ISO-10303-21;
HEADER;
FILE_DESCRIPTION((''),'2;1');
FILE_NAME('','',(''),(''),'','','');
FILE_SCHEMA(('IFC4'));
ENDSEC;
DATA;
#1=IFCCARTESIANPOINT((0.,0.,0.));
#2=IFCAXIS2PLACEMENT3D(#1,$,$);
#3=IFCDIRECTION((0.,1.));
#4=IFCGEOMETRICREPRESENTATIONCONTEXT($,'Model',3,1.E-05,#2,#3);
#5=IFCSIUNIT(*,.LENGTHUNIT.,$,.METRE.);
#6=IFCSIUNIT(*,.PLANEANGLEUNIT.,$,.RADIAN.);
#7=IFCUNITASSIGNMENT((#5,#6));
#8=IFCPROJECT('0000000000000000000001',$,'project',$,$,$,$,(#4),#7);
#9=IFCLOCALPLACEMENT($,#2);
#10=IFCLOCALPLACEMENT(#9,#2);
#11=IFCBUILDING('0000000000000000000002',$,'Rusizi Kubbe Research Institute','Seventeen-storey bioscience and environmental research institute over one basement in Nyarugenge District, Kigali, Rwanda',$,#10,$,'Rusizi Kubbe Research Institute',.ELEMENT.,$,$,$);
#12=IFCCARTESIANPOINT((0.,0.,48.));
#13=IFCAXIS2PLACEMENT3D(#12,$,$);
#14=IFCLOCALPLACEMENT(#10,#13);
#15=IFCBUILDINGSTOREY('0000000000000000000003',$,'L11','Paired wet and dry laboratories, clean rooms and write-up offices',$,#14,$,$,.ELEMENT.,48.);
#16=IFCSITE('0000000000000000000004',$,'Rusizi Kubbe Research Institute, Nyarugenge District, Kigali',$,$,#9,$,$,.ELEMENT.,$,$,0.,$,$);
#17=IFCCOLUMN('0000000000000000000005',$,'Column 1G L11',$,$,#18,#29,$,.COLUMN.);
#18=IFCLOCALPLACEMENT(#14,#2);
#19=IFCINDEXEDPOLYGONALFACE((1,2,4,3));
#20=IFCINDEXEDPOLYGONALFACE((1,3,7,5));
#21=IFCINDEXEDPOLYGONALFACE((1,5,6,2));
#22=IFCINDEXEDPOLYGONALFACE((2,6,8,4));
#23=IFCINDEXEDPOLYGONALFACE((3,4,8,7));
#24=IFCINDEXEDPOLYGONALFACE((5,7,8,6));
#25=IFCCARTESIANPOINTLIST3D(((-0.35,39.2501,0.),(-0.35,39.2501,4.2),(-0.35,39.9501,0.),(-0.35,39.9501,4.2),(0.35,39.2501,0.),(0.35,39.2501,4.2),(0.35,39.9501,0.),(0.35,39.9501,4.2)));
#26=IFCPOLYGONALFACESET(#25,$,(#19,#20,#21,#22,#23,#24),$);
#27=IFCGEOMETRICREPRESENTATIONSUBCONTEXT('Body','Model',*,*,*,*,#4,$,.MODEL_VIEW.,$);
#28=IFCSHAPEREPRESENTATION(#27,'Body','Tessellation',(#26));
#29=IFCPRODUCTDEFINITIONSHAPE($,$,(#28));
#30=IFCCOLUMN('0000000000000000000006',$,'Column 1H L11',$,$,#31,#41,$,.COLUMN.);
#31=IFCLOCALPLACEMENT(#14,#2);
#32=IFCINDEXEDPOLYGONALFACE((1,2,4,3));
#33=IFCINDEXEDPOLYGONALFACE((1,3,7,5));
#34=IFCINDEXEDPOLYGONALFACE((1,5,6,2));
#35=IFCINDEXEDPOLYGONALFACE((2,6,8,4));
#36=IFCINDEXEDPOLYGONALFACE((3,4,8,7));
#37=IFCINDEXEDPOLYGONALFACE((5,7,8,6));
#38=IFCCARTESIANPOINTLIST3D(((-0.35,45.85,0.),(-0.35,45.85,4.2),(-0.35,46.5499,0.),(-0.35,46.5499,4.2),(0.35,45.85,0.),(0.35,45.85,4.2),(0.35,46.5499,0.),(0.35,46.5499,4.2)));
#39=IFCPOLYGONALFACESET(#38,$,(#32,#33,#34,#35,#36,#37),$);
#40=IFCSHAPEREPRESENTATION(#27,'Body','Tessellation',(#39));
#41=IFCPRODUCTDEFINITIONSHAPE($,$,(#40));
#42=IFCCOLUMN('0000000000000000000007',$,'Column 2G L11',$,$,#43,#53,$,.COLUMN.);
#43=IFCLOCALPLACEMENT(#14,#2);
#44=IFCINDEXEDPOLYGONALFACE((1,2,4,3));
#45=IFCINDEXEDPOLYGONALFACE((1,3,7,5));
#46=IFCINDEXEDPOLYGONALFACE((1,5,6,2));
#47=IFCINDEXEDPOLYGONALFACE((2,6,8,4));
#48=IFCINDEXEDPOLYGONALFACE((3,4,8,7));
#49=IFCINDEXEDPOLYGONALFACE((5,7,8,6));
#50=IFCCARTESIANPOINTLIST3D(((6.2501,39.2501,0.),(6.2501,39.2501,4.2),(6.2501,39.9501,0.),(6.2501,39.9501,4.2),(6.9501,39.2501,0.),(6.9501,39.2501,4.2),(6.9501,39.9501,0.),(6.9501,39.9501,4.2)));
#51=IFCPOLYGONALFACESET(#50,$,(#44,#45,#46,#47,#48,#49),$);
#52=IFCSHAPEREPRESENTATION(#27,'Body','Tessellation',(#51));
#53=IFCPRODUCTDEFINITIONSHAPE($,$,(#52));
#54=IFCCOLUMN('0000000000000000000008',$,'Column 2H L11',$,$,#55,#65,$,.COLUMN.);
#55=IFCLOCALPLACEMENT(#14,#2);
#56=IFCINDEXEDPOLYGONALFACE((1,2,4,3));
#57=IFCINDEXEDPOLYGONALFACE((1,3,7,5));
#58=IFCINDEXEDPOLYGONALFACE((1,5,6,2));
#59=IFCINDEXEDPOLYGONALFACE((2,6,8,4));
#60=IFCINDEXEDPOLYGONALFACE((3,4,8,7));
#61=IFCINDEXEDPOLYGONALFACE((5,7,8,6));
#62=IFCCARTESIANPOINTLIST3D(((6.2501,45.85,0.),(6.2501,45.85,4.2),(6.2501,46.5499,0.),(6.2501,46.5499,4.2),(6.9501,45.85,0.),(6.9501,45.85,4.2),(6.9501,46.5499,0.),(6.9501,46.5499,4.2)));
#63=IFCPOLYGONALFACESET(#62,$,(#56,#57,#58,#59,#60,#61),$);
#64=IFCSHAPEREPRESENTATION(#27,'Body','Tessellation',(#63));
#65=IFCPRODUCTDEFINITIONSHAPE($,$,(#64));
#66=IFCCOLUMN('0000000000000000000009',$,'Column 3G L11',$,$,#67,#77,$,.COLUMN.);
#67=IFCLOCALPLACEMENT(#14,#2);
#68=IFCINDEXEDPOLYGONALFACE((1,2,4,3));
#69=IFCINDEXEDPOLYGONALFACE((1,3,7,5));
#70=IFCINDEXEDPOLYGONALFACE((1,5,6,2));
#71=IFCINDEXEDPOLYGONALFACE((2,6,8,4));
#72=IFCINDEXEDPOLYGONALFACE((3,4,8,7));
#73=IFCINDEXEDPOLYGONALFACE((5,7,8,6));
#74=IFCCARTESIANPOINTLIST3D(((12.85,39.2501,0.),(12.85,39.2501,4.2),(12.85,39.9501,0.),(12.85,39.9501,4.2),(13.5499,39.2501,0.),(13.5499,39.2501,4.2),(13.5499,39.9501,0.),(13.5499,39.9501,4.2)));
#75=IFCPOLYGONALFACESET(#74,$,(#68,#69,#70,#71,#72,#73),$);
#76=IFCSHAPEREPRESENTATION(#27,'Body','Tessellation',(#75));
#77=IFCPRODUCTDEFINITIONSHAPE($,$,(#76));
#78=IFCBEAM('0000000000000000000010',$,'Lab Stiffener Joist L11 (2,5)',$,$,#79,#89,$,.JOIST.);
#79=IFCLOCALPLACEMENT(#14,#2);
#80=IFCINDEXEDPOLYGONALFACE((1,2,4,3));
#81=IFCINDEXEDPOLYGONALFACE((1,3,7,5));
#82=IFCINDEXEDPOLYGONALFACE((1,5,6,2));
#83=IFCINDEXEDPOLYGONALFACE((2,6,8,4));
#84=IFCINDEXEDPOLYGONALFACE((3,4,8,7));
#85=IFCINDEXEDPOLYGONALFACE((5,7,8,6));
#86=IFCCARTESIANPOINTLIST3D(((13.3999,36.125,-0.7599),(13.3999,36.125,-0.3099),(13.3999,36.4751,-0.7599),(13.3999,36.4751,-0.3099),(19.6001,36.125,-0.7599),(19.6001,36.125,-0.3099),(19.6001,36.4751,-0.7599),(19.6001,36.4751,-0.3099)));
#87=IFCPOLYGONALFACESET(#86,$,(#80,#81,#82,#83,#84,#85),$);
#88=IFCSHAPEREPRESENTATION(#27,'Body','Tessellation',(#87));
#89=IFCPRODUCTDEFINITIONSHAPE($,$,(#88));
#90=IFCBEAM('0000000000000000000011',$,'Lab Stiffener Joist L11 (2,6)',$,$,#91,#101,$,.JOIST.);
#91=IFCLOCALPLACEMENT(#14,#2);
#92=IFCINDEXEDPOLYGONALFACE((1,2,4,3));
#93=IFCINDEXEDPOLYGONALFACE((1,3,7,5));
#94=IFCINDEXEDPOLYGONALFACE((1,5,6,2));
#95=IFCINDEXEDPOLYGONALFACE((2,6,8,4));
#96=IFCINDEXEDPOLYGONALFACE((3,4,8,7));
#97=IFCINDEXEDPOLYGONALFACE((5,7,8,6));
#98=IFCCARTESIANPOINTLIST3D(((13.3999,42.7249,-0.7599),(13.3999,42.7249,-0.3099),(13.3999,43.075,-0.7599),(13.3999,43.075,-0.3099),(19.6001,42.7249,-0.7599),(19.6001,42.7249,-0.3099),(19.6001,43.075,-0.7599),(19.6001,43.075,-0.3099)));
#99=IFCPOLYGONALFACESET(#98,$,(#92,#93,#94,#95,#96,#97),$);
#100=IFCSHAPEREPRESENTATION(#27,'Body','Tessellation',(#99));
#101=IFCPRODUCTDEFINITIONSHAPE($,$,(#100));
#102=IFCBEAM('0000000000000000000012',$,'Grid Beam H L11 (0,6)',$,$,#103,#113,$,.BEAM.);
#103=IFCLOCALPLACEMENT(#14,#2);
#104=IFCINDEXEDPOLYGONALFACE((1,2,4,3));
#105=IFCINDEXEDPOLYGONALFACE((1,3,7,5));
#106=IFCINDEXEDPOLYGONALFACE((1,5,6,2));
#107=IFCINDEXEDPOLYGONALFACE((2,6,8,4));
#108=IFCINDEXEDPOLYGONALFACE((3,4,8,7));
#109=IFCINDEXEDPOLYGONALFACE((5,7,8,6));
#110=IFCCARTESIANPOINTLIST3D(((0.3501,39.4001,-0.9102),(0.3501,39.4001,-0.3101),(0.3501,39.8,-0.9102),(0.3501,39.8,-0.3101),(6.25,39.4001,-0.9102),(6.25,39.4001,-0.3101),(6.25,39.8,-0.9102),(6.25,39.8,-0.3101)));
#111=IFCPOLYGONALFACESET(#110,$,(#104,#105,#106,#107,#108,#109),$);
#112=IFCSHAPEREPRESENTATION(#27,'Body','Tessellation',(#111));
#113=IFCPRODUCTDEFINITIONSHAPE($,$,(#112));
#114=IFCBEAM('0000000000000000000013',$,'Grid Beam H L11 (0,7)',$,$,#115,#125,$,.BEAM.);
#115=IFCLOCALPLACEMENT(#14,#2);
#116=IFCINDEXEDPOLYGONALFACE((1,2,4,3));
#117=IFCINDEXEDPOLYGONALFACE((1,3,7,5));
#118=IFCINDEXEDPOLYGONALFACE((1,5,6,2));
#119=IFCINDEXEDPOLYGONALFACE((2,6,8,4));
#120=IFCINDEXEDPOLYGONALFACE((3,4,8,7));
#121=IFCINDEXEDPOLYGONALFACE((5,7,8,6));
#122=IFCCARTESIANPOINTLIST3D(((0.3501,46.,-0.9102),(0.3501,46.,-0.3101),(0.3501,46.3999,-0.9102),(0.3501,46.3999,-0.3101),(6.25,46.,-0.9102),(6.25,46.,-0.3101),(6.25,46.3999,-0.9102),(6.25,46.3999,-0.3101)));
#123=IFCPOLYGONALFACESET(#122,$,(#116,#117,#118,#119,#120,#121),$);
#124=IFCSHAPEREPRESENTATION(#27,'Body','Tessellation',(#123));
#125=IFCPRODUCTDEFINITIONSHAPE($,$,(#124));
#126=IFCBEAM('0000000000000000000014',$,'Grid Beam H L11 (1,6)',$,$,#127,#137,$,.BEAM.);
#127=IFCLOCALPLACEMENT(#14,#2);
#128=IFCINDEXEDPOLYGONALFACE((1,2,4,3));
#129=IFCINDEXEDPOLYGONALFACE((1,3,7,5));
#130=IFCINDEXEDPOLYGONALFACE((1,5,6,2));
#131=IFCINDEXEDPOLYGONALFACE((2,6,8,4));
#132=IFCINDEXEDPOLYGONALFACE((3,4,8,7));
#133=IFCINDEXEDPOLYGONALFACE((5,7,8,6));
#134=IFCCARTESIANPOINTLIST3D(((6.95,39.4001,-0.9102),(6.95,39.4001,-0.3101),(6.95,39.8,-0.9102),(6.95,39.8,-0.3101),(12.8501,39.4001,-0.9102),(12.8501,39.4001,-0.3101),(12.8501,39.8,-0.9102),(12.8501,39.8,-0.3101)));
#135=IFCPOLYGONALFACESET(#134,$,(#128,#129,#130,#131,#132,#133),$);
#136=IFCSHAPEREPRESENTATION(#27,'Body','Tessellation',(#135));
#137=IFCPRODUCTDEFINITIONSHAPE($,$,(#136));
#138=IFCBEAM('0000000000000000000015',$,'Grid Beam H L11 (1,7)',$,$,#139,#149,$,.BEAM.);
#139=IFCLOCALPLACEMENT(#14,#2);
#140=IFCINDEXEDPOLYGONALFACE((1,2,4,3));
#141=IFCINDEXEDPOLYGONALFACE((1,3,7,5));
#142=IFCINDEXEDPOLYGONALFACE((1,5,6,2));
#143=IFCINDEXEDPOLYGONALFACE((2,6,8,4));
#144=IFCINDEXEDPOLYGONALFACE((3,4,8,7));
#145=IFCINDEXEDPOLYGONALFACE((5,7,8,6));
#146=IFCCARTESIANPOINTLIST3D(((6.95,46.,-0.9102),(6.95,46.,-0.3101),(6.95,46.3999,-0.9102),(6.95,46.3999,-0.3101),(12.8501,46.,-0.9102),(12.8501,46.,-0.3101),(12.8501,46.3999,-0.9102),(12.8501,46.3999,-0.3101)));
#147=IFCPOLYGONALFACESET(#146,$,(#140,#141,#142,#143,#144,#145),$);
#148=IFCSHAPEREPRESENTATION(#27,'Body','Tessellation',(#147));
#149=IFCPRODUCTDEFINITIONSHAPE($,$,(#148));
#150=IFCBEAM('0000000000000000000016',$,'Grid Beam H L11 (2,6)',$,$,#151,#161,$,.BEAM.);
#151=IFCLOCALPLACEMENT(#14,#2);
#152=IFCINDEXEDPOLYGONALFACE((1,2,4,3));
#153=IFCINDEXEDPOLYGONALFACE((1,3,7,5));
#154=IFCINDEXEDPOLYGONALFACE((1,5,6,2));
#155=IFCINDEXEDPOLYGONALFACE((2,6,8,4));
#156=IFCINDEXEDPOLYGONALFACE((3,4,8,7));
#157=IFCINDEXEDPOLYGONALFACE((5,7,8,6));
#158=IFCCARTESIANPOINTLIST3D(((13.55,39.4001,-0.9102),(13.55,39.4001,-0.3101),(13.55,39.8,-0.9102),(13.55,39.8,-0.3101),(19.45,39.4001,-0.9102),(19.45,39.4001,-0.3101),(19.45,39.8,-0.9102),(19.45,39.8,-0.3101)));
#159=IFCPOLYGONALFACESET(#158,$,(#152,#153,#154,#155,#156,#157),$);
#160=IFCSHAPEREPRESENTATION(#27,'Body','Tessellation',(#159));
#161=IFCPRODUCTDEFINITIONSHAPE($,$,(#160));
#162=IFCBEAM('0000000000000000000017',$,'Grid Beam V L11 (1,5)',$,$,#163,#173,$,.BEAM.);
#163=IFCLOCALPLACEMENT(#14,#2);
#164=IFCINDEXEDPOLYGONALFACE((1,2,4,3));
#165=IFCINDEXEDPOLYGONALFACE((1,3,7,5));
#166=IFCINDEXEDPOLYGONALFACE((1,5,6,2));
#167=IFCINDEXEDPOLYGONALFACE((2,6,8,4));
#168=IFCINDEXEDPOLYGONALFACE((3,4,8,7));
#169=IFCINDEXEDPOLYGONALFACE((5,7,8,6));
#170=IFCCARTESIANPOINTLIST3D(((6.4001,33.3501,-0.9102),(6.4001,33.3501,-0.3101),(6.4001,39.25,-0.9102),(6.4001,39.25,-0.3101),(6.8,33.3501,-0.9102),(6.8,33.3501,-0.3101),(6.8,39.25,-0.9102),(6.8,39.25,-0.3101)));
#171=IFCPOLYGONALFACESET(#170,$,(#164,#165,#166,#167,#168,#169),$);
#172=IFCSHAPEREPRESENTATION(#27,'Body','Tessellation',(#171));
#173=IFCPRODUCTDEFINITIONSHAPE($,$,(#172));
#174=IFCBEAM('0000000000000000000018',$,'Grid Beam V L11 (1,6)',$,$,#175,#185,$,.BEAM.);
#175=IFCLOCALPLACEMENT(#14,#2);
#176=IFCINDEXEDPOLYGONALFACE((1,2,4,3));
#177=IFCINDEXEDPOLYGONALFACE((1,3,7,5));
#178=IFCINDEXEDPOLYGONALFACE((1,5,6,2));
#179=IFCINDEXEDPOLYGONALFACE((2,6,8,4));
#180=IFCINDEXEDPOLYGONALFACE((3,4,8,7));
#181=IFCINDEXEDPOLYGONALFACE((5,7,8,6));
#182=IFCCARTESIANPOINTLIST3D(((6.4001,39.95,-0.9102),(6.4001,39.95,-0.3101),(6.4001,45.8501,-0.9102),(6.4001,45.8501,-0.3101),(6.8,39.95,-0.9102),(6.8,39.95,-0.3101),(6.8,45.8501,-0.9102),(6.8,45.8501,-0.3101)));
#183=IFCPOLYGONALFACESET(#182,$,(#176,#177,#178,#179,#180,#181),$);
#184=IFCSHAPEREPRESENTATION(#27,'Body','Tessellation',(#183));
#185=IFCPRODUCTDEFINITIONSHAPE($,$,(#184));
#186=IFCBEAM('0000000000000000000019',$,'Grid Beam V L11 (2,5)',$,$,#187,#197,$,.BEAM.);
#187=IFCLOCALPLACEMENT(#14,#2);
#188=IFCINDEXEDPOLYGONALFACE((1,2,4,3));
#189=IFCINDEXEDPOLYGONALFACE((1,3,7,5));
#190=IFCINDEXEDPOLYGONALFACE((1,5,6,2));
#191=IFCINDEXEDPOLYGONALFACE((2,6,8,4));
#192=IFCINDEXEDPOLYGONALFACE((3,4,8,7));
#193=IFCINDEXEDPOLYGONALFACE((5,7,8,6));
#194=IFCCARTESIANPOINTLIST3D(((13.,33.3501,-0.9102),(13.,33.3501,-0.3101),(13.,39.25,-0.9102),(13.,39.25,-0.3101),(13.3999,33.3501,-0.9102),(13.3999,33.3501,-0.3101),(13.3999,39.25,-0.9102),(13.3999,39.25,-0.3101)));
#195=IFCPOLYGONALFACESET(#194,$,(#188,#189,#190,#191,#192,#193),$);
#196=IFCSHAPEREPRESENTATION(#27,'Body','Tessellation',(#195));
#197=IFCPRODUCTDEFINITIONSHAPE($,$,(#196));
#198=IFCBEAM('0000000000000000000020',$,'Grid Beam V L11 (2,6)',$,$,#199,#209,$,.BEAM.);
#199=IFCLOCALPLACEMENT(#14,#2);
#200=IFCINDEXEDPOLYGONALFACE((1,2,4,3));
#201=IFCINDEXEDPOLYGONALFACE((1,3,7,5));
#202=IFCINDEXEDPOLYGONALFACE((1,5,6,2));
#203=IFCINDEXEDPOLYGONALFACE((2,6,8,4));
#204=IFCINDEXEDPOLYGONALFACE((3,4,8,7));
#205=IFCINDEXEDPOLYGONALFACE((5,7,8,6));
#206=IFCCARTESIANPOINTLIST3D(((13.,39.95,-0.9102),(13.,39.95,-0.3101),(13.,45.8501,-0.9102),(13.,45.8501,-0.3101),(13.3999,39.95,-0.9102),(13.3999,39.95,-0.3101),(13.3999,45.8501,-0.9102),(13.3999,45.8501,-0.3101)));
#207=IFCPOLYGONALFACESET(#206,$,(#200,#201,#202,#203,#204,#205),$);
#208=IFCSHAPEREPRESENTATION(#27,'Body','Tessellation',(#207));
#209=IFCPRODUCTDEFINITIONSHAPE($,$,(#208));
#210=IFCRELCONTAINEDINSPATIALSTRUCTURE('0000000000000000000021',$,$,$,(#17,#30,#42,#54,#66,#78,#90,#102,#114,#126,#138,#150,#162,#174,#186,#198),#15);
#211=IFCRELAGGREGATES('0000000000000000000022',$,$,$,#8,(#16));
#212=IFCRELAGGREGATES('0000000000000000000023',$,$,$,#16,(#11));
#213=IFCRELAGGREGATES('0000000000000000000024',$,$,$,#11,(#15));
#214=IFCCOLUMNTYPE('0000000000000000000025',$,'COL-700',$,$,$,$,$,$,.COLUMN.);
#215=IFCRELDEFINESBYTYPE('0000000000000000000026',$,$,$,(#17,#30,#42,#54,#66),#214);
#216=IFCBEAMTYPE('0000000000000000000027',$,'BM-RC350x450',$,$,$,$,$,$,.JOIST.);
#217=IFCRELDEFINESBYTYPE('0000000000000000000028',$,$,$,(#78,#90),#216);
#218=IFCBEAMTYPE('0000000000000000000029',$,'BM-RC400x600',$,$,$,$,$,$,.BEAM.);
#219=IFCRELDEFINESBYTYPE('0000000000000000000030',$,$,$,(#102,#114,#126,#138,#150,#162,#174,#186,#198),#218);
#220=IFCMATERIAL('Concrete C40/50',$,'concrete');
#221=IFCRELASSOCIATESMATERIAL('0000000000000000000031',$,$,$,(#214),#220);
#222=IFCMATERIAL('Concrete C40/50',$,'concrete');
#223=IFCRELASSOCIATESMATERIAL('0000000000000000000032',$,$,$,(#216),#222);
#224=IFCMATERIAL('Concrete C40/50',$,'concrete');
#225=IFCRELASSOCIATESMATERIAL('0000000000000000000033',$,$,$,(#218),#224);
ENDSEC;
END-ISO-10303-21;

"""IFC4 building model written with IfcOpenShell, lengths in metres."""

from ifc_helpers import new_model, si_unit, direction, frame, origin, origin_2d, place, context, subcontext, project, spatial, rectangle, extrude, material, material_profile, profile_set, type_object, element, save


model = new_model("IFC4")

# Units and contexts
model_context = context("Model", 3, precision=1e-05, world=origin(), true_north=direction((0.0, 1.0)))
body_context = subcontext(model_context, "Body", "Model", "MODEL_VIEW")
ifc_project = project(units=[si_unit("LENGTHUNIT", "METRE"), si_unit("PLANEANGLEUNIT", "RADIAN")], contexts=[model_context])

# Site, building, storey
site_placement = place(None, origin())
site = spatial("IfcSite", under=ifc_project, at=site_placement, Name="Rusizi Kubbe Research Institute, Nyarugenge District, Kigali", CompositionType="ELEMENT", RefElevation=0.0)
building_placement = place(site_placement, origin())
building = spatial("IfcBuilding", under=site, at=building_placement, Name="Rusizi Kubbe Research Institute", Description="Seventeen-storey bioscience and environmental research institute over one basement in Nyarugenge District, Kigali, Rwanda", LongName="Rusizi Kubbe Research Institute", CompositionType="ELEMENT")
storey_placement = place(building_placement, frame((0.0, 0.0, 48.0)))
storey = spatial("IfcBuildingStorey", under=building, at=storey_placement, Name="L11", Description="Paired wet and dry laboratories, clean rooms and write-up offices", CompositionType="ELEMENT", Elevation=48.0)

# Columns
ifc_material_1 = material(Name="Concrete C40/50", Category="concrete")
ifc_material_profile_1 = material_profile(ifc_material_1, rectangle(XDim=0.7, YDim=0.7, at=origin_2d()), Name="RC700x700")
ifc_profile_set_1 = profile_set([ifc_material_profile_1], Name="Concrete C40/50")
column_type = type_object("IfcColumnType", Name="COL-700", PredefinedType="COLUMN", material=ifc_profile_set_1)
for number, where, z_axis, x_axis, name in (
    (1, (0.0, 39.6001, 0.0), (0.0, 0.0, 1.0), (1.0, 0.0, 0.0), "Column 1G L11"),
    (2, (0.0, 46.2, 0.0), (0.0, 0.0, 1.0), (1.0, 0.0, 0.0), "Column 1H L11"),
    (3, (6.6001, 39.6001, 0.0), (0.0, 0.0, 1.0), (1.0, 0.0, 0.0), "Column 2G L11"),
    (4, (6.6001, 46.2, 0.0), (0.0, 0.0, 1.0), (1.0, 0.0, 0.0), "Column 2H L11"),
    (5, (13.2, 39.6001, 0.0), (0.0, 0.0, 1.0), (1.0, 0.0, 0.0), "Column 3G L11"),
):
    element("IfcColumn", number, at=place(storey_placement, frame(where, z_axis=z_axis, x_axis=x_axis)), inside=storey, type_object=column_type, Name=name, PredefinedType="COLUMN", context=body_context, shape_type="SweptSolid", body=[
        extrude(rectangle(XDim=0.7, YDim=0.7, at=origin_2d()), origin(), (0.0, 0.0, 1.0), 4.2),
    ])

# Beams
ifc_material_2 = material(Name="Concrete C40/50", Category="concrete")
ifc_material_profile_2 = material_profile(ifc_material_2, rectangle(XDim=0.3501, YDim=0.45, at=origin_2d()), Name="RC350x450")
ifc_profile_set_2 = profile_set([ifc_material_profile_2], Name="Concrete C40/50")
beam_type_1 = type_object("IfcBeamType", Name="BM-RC350x450", PredefinedType="JOIST", material=ifc_profile_set_2)
for number, where, z_axis, x_axis, name in (
    (6, (13.3999, 36.3, -0.5349), (1.0, 0.0, 0.0), (0.0, 1.0, 0.0), "Lab Stiffener Joist L11 (2,5)"),
    (7, (13.3999, 42.8999, -0.5349), (1.0, 0.0, 0.0), (0.0, 1.0, 0.0), "Lab Stiffener Joist L11 (2,6)"),
):
    element("IfcBeam", number, at=place(storey_placement, frame(where, z_axis=z_axis, x_axis=x_axis)), inside=storey, type_object=beam_type_1, Name=name, PredefinedType="JOIST", context=body_context, shape_type="SweptSolid", body=[
        extrude(rectangle(XDim=0.3501, YDim=0.45, at=origin_2d()), origin(), (0.0, 0.0, 1.0), 6.2002),
    ])
ifc_material_3 = material(Name="Concrete C40/50", Category="concrete")
ifc_material_profile_3 = material_profile(ifc_material_3, rectangle(XDim=0.3999, YDim=0.6001, at=origin_2d()), Name="RC400x600")
ifc_profile_set_3 = profile_set([ifc_material_profile_3], Name="Concrete C40/50")
beam_type_2 = type_object("IfcBeamType", Name="BM-RC400x600", PredefinedType="BEAM", material=ifc_profile_set_3)
for number, where, z_axis, x_axis, name in (
    (8, (0.3501, 39.6001, -0.6101), (1.0, 0.0, 0.0), (0.0, 1.0, 0.0), "Grid Beam H L11 (0,6)"),
    (9, (0.3501, 46.2, -0.6101), (1.0, 0.0, 0.0), (0.0, 1.0, 0.0), "Grid Beam H L11 (0,7)"),
):
    element("IfcBeam", number, at=place(storey_placement, frame(where, z_axis=z_axis, x_axis=x_axis)), inside=storey, type_object=beam_type_2, Name=name, PredefinedType="BEAM", context=body_context, shape_type="SweptSolid", body=[
        extrude(rectangle(XDim=0.3999, YDim=0.6001, at=origin_2d()), origin(), (0.0, 0.0, 1.0), 5.8999),
    ])
for number, where, z_axis, x_axis, name in (
    (10, (6.95, 39.6001, -0.6101), (1.0, 0.0, 0.0), (0.0, 1.0, 0.0), "Grid Beam H L11 (1,6)"),
    (11, (6.95, 46.2, -0.6101), (1.0, 0.0, 0.0), (0.0, 1.0, 0.0), "Grid Beam H L11 (1,7)"),
):
    element("IfcBeam", number, at=place(storey_placement, frame(where, z_axis=z_axis, x_axis=x_axis)), inside=storey, type_object=beam_type_2, Name=name, PredefinedType="BEAM", context=body_context, shape_type="SweptSolid", body=[
        extrude(rectangle(XDim=0.3999, YDim=0.6001, at=origin_2d()), origin(), (0.0, 0.0, 1.0), 5.9001),
    ])
for number, where, z_axis, x_axis, name in (
    (12, (13.55, 39.6001, -0.6101), (1.0, 0.0, 0.0), (0.0, 1.0, 0.0), "Grid Beam H L11 (2,6)"),
    (13, (6.6001, 33.3501, -0.6101), (0.0, 1.0, 0.0), (-1.0, 0.0, 0.0), "Grid Beam V L11 (1,5)"),
):
    element("IfcBeam", number, at=place(storey_placement, frame(where, z_axis=z_axis, x_axis=x_axis)), inside=storey, type_object=beam_type_2, Name=name, PredefinedType="BEAM", context=body_context, shape_type="SweptSolid", body=[
        extrude(rectangle(XDim=0.3999, YDim=0.6001, at=origin_2d()), origin(), (0.0, 0.0, 1.0), 5.8999),
    ])
beam_1_placement = place(storey_placement, frame((6.6001, 39.95, -0.6101), z_axis=(0.0, 1.0, 0.0), x_axis=(-1.0, 0.0, 0.0)))
element("IfcBeam", 14, at=beam_1_placement, inside=storey, type_object=beam_type_2, Name="Grid Beam V L11 (1,6)", PredefinedType="BEAM", context=body_context, shape_type="SweptSolid", body=[
    extrude(rectangle(XDim=0.3999, YDim=0.6001, at=origin_2d()), origin(), (0.0, 0.0, 1.0), 5.9001),
])
beam_2_placement = place(storey_placement, frame((13.2, 33.3501, -0.6101), z_axis=(0.0, 1.0, 0.0), x_axis=(-1.0, 0.0, 0.0)))
element("IfcBeam", 15, at=beam_2_placement, inside=storey, type_object=beam_type_2, Name="Grid Beam V L11 (2,5)", PredefinedType="BEAM", context=body_context, shape_type="SweptSolid", body=[
    extrude(rectangle(XDim=0.3999, YDim=0.6001, at=origin_2d()), origin(), (0.0, 0.0, 1.0), 5.8999),
])
beam_3_placement = place(storey_placement, frame((13.2, 39.95, -0.6101), z_axis=(0.0, 1.0, 0.0), x_axis=(-1.0, 0.0, 0.0)))
element("IfcBeam", 16, at=beam_3_placement, inside=storey, type_object=beam_type_2, Name="Grid Beam V L11 (2,6)", PredefinedType="BEAM", context=body_context, shape_type="SweptSolid", body=[
    extrude(rectangle(XDim=0.3999, YDim=0.6001, at=origin_2d()), origin(), (0.0, 0.0, 1.0), 5.9001),
])

save(model, "model.ifc")
